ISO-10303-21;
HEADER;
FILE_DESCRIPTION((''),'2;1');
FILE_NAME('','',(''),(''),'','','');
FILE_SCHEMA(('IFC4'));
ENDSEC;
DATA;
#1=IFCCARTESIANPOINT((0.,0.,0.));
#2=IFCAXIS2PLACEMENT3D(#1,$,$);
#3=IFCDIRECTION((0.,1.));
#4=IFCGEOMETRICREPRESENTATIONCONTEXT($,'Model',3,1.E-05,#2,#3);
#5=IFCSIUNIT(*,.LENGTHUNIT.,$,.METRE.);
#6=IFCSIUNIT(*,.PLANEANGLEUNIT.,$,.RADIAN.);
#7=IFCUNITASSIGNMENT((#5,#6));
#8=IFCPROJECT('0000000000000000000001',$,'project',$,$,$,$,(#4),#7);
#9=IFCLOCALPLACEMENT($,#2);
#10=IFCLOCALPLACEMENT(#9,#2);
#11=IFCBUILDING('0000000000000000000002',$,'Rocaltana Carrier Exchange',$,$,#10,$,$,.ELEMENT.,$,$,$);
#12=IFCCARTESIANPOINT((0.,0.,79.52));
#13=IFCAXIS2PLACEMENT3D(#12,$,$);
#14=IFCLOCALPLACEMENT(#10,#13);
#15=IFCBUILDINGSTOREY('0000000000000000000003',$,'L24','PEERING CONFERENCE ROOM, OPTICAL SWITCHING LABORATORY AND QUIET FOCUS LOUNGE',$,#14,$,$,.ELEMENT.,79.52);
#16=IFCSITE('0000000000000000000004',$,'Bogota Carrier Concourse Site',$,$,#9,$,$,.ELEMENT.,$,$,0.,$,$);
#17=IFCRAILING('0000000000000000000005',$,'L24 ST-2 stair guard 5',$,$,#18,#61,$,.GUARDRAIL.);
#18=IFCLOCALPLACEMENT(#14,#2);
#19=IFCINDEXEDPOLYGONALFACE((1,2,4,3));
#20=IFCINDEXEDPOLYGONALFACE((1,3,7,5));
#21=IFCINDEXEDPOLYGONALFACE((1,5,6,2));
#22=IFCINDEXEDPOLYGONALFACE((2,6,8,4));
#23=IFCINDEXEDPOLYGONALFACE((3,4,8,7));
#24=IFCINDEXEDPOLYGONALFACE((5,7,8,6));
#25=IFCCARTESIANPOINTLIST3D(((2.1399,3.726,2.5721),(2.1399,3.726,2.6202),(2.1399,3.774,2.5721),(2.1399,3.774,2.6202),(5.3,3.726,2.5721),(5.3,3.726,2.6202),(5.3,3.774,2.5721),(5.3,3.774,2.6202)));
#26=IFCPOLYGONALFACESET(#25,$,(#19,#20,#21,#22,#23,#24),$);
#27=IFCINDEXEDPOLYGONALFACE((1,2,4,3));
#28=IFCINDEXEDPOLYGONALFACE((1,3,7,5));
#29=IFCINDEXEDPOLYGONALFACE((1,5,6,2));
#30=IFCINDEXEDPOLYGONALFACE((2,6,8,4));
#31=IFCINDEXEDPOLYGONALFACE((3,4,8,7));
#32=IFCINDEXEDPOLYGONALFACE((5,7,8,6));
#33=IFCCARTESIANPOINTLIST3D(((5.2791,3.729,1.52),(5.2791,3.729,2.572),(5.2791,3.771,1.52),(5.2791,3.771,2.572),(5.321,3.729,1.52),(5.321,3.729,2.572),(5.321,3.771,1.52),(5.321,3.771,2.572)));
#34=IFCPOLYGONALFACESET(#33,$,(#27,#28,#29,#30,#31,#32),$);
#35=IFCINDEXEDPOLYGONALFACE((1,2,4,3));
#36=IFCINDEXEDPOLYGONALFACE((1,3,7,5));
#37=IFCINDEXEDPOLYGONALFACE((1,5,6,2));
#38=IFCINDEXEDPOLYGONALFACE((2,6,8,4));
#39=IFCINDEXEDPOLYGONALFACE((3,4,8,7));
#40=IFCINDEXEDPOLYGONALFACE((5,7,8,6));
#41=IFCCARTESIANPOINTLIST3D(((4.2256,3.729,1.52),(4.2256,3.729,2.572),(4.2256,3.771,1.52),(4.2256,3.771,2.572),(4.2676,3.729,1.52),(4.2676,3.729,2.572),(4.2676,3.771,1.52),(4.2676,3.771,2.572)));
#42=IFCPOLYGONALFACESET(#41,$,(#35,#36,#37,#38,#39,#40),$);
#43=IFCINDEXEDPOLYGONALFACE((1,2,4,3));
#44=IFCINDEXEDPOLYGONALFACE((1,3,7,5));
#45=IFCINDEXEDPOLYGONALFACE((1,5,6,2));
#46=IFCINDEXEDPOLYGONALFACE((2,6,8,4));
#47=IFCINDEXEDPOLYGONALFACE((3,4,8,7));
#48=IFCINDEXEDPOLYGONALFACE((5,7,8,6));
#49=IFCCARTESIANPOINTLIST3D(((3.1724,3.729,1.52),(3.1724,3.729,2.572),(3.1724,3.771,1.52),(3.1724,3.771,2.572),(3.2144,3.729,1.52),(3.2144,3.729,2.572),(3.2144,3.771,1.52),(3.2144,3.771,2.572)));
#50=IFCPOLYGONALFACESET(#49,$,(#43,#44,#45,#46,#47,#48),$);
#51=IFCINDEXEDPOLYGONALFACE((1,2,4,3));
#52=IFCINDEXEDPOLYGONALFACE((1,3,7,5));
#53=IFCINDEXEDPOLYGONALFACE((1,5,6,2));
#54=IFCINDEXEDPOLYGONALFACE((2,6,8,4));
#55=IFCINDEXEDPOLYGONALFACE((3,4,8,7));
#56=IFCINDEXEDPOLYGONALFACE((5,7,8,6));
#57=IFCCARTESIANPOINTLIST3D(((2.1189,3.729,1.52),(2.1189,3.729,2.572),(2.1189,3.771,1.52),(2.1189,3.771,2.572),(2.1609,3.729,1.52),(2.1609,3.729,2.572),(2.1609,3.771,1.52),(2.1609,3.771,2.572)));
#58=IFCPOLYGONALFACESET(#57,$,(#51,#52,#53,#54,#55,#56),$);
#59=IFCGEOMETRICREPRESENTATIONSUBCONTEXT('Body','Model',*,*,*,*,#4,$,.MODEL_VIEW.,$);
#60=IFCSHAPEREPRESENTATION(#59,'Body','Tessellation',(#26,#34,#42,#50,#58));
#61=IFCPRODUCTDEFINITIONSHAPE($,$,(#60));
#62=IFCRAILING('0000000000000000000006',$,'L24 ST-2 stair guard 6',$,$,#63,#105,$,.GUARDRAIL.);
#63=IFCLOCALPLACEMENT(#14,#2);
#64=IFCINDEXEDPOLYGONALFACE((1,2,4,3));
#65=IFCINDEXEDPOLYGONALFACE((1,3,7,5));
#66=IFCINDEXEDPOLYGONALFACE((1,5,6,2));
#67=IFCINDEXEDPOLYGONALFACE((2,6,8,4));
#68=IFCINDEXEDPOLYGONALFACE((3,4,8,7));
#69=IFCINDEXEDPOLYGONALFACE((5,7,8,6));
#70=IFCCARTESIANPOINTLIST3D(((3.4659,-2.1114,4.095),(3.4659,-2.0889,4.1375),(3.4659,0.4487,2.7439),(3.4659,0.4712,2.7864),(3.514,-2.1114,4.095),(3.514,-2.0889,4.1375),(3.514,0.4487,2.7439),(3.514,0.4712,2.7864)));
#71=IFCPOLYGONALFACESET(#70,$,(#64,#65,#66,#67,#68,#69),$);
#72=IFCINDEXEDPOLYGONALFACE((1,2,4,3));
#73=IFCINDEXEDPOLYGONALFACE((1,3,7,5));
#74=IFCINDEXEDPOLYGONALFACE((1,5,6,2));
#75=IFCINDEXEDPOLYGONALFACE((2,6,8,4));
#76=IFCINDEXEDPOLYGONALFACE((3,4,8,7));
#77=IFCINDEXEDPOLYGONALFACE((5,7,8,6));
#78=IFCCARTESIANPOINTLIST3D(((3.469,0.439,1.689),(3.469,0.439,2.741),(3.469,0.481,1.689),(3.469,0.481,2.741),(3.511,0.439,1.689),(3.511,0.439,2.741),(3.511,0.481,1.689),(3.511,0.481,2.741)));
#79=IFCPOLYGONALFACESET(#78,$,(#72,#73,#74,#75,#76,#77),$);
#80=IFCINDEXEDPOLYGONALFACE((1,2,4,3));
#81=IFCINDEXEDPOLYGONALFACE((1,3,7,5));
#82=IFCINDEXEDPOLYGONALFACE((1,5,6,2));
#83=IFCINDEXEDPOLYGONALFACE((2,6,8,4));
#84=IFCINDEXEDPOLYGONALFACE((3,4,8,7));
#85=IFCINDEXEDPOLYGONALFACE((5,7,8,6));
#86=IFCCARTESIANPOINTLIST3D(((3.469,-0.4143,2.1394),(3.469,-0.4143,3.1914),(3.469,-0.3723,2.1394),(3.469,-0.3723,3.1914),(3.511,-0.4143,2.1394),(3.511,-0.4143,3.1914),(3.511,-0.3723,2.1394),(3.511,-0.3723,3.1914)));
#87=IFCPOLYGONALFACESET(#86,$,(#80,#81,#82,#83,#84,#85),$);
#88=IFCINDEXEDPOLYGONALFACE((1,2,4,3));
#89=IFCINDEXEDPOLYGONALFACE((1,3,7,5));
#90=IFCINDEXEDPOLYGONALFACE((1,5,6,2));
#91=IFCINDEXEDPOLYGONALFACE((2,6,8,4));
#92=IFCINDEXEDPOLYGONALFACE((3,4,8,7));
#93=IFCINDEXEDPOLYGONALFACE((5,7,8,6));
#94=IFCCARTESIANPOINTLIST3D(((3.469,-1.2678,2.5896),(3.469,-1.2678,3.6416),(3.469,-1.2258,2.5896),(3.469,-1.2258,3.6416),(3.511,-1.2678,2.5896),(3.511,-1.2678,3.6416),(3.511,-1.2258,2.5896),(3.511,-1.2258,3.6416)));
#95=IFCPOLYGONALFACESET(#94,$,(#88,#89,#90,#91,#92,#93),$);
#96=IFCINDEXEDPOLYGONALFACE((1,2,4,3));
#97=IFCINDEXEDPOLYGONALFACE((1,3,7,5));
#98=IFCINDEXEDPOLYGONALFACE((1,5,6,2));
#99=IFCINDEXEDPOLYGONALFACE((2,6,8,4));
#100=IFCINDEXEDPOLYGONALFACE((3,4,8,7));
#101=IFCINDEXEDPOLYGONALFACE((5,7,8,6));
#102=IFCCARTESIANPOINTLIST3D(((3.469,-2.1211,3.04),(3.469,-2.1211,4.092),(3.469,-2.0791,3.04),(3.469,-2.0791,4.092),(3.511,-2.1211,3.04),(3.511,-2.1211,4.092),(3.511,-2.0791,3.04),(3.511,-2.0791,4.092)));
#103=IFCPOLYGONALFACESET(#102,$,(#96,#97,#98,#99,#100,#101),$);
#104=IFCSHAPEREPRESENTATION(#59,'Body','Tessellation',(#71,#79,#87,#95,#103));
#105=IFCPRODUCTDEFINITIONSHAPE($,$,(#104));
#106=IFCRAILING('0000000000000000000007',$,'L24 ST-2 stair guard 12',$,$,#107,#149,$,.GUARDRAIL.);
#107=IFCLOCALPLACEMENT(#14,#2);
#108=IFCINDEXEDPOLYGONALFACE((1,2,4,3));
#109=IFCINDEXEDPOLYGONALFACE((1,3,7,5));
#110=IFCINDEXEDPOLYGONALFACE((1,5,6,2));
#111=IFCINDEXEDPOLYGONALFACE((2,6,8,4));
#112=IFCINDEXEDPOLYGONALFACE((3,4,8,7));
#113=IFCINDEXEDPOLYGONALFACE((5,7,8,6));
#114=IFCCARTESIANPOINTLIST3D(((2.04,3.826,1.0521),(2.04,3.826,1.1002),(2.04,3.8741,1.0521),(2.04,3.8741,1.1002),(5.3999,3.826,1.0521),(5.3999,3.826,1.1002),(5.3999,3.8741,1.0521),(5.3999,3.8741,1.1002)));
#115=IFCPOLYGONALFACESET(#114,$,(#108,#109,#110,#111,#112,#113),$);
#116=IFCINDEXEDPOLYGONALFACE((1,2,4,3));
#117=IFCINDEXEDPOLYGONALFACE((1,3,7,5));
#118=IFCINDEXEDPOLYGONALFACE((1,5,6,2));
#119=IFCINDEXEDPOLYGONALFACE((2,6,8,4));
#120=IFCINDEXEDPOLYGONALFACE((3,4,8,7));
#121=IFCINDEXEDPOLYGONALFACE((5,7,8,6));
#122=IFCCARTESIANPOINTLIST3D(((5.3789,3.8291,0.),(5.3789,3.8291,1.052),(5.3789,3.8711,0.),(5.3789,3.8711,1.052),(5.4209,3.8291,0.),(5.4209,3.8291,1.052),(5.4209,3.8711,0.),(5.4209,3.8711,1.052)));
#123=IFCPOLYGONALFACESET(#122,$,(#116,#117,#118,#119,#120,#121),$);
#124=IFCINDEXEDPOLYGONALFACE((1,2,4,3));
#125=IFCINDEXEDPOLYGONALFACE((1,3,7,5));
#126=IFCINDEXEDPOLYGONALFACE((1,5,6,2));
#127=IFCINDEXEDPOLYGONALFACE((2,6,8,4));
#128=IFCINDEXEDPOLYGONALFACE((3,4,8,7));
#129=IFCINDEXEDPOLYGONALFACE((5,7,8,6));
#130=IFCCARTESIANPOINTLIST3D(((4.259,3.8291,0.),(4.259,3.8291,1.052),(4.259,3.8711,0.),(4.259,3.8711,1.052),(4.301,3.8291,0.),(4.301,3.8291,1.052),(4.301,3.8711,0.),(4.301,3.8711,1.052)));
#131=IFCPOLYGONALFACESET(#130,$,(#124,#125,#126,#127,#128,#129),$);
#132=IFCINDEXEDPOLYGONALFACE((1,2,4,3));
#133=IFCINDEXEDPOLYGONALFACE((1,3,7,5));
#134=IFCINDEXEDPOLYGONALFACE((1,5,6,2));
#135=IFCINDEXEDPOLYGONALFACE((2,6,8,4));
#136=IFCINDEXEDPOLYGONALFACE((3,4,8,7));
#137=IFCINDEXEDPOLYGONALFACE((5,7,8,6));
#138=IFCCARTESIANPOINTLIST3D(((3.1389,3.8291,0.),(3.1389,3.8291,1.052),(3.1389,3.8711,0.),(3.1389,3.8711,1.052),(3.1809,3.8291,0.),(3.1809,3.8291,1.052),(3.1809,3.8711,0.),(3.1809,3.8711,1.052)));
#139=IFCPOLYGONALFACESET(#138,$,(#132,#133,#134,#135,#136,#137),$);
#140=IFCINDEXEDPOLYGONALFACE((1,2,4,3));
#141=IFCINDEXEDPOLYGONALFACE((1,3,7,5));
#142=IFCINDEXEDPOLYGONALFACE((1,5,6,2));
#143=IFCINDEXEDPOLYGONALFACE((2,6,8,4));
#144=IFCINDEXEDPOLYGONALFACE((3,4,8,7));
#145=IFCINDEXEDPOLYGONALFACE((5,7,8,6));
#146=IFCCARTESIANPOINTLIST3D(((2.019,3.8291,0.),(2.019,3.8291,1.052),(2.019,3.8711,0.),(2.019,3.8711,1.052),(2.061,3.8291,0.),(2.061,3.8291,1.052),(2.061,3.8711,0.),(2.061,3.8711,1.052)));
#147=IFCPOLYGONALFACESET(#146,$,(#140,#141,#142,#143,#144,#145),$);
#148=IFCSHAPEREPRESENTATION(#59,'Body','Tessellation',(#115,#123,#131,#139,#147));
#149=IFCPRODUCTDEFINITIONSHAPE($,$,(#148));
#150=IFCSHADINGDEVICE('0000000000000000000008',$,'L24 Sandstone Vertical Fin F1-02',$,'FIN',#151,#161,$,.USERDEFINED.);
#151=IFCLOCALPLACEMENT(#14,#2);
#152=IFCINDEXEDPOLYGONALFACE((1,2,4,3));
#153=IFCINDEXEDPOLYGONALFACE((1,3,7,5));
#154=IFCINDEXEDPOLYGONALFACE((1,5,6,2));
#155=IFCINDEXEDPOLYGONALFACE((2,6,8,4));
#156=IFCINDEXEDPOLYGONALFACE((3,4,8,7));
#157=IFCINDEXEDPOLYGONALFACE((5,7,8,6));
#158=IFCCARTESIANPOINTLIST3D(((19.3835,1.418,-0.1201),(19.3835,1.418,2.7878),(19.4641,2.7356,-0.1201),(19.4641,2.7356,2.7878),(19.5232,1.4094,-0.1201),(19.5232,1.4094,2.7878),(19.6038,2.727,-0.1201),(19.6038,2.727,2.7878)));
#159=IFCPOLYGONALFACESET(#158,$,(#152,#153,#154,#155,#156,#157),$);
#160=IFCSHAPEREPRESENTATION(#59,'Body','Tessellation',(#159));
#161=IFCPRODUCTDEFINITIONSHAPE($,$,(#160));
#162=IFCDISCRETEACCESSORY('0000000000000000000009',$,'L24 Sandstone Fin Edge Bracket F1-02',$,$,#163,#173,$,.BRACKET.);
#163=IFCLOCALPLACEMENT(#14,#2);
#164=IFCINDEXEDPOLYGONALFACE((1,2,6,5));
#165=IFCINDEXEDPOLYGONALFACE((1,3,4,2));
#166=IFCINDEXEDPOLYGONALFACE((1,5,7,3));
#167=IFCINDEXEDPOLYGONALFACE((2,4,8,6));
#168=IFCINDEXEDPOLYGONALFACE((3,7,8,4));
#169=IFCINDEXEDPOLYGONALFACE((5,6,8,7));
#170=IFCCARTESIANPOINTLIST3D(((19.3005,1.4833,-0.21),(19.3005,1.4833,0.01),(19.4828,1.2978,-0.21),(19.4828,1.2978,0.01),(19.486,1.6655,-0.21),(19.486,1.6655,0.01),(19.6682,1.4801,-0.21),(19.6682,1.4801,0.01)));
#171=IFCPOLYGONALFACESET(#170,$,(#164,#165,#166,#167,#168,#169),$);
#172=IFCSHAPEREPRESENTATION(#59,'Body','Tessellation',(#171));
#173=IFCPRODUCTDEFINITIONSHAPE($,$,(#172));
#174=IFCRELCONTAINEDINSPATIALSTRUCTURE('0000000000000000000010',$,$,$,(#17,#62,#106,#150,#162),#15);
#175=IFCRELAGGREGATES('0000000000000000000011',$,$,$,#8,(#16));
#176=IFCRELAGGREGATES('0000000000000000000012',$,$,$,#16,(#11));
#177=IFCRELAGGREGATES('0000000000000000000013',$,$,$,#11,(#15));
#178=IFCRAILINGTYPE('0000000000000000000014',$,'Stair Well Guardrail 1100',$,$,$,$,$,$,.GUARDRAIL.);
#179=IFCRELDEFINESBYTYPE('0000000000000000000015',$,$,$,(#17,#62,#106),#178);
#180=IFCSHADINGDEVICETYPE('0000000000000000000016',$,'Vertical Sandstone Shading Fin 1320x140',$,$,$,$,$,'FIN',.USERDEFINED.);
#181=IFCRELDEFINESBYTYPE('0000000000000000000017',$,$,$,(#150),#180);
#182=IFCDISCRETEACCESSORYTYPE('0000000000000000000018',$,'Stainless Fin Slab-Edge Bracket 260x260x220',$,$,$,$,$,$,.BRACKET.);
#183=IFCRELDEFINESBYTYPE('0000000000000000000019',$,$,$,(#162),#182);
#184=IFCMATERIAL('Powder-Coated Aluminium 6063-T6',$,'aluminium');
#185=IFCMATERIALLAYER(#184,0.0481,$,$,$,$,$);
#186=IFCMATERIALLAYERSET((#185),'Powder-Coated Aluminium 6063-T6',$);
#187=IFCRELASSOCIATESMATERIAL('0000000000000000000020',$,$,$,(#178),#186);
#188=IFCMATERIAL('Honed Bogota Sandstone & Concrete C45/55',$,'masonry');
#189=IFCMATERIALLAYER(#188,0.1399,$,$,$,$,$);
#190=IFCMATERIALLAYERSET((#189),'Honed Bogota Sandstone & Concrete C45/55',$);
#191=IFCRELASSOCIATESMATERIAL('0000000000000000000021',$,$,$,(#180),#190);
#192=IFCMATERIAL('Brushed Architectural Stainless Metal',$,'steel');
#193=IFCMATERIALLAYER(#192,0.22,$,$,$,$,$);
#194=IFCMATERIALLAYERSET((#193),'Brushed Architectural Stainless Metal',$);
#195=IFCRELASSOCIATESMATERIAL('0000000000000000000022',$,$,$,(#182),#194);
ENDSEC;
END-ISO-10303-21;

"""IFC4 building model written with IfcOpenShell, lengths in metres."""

from ifc_helpers import new_model, si_unit, direction, frame, origin, origin_2d, place, context, subcontext, project, spatial, rectangle, extrude, material, layer, layer_set, type_object, element, save


model = new_model("IFC4")

# Units and contexts
model_context = context("Model", 3, precision=1e-05, world=origin(), true_north=direction((0.0, 1.0)))
body_context = subcontext(model_context, "Body", "Model", "MODEL_VIEW")
ifc_project = project(units=[si_unit("LENGTHUNIT", "METRE"), si_unit("PLANEANGLEUNIT", "RADIAN")], contexts=[model_context])

# Site, building, storey
site_placement = place(None, origin())
site = spatial("IfcSite", under=ifc_project, at=site_placement, Name="Bogota Carrier Concourse Site", CompositionType="ELEMENT", RefElevation=0.0)
building_placement = place(site_placement, origin())
building = spatial("IfcBuilding", under=site, at=building_placement, Name="Rocaltana Carrier Exchange", CompositionType="ELEMENT")
storey_placement = place(building_placement, frame((0.0, 0.0, 79.52)))
storey = spatial("IfcBuildingStorey", under=building, at=storey_placement, Name="L24", Description="PEERING CONFERENCE ROOM, OPTICAL SWITCHING LABORATORY AND QUIET FOCUS LOUNGE", CompositionType="ELEMENT", Elevation=79.52)

# Railings
ifc_material_1 = material(Name="Powder-Coated Aluminium 6063-T6", Category="aluminium")
ifc_layer_1 = layer(ifc_material_1, 0.0481)
ifc_layer_set_1 = layer_set([ifc_layer_1], Name="Powder-Coated Aluminium 6063-T6")
railing_type_1 = type_object("IfcRailingType", Name="Stair Well Guardrail 1100", PredefinedType="GUARDRAIL", material=ifc_layer_set_1)
railing_1_placement = place(storey_placement, frame((5.3, 3.75, 1.52)))
element("IfcRailing", 1, at=railing_1_placement, inside=storey, type_object=railing_type_1, Name="L24 ST-2 stair guard 5", PredefinedType="GUARDRAIL", context=body_context, shape_type="SweptSolid", body=[
    extrude(rectangle(XDim=0.0481, YDim=0.0481, at=origin_2d()), frame((0.0, 0.0, 1.0762), z_axis=(-1.0, 0.0, 0.0), x_axis=(0.0, -1.0, 0.0)), (0.0, 0.0, 1.0), 3.1602),
    extrude(rectangle(XDim=0.042, YDim=0.042, at=origin_2d()), origin(), (0.0, 0.0, 1.0), 1.052),
    extrude(rectangle(XDim=0.042, YDim=0.042, at=origin_2d()), frame((-1.0535, 0.0, 0.0)), (0.0, 0.0, 1.0), 1.052),
    extrude(rectangle(XDim=0.042, YDim=0.042, at=origin_2d()), frame((-2.1067, 0.0, 0.0)), (0.0, 0.0, 1.0), 1.052),
    extrude(rectangle(XDim=0.042, YDim=0.042, at=origin_2d()), frame((-3.1602, 0.0, 0.0)), (0.0, 0.0, 1.0), 1.052),
])
railing_2_placement = place(storey_placement, frame((3.49, 0.46, 1.689)))
element("IfcRailing", 2, at=railing_2_placement, inside=storey, type_object=railing_type_1, Name="L24 ST-2 stair guard 6", PredefinedType="GUARDRAIL", context=body_context, shape_type="SweptSolid", body=[
    extrude(rectangle(XDim=0.0481, YDim=0.0481, at=origin_2d()), frame((0.0, 0.0, 1.0762), z_axis=(0.0, -0.884394, 0.46674), x_axis=(1.0, 0.0, 0.0)), (0.0, 0.0, 1.0), 2.8948),
    extrude(rectangle(XDim=0.042, YDim=0.042, at=origin_2d()), origin(), (0.0, 0.0, 1.0), 1.052),
    extrude(rectangle(XDim=0.042, YDim=0.042, at=origin_2d()), frame((0.0, -0.8533, 0.4504)), (0.0, 0.0, 1.0), 1.052),
    extrude(rectangle(XDim=0.042, YDim=0.042, at=origin_2d()), frame((0.0, -1.7068, 0.9006)), (0.0, 0.0, 1.0), 1.052),
    extrude(rectangle(XDim=0.042, YDim=0.042, at=origin_2d()), frame((0.0, -2.5601, 1.3511)), (0.0, 0.0, 1.0), 1.052),
])
railing_3_placement = place(storey_placement, frame((5.3999, 3.8501, 0.0)))
element("IfcRailing", 3, at=railing_3_placement, inside=storey, type_object=railing_type_1, Name="L24 ST-2 stair guard 12", PredefinedType="GUARDRAIL", context=body_context, shape_type="SweptSolid", body=[
    extrude(rectangle(XDim=0.0481, YDim=0.0481, at=origin_2d()), frame((0.0, 0.0, 1.0762), z_axis=(-1.0, 0.0, 0.0), x_axis=(0.0, -1.0, 0.0)), (0.0, 0.0, 1.0), 3.3599),
    extrude(rectangle(XDim=0.042, YDim=0.042, at=origin_2d()), origin(), (0.0, 0.0, 1.0), 1.052),
    extrude(rectangle(XDim=0.042, YDim=0.042, at=origin_2d()), frame((-1.1199, 0.0, 0.0)), (0.0, 0.0, 1.0), 1.052),
    extrude(rectangle(XDim=0.042, YDim=0.042, at=origin_2d()), frame((-2.24, 0.0, 0.0)), (0.0, 0.0, 1.0), 1.052),
    extrude(rectangle(XDim=0.042, YDim=0.042, at=origin_2d()), frame((-3.3599, 0.0, 0.0)), (0.0, 0.0, 1.0), 1.052),
])

# Shading device
ifc_material_2 = material(Name="Honed Bogota Sandstone & Concrete C45/55", Category="masonry")
ifc_layer_2 = layer(ifc_material_2, 0.1399)
ifc_layer_set_2 = layer_set([ifc_layer_2], Name="Honed Bogota Sandstone & Concrete C45/55")
shading_device_type = type_object("IfcShadingDeviceType", Name="Vertical Sandstone Shading Fin 1320x140", ElementType="FIN", PredefinedType="USERDEFINED", material=ifc_layer_set_2)
shading_device_placement = place(storey_placement, frame((19.4937, 2.0725, -0.1201), z_axis=(0.0, 0.0, 1.0), x_axis=(0.061049, 0.998135, 0.0)))
element("IfcShadingDevice", 4, at=shading_device_placement, inside=storey, type_object=shading_device_type, Name="L24 Sandstone Vertical Fin F1-02", ObjectType="FIN", PredefinedType="USERDEFINED", context=body_context, shape_type="SweptSolid", body=[
    extrude(rectangle(XDim=1.3201, YDim=0.1399, at=origin_2d()), origin(), (0.0, 0.0, 1.0), 2.908),
])

# Discrete accessory
ifc_material_3 = material(Name="Brushed Architectural Stainless Metal", Category="steel")
ifc_layer_3 = layer(ifc_material_3, 0.22)
ifc_layer_set_3 = layer_set([ifc_layer_3], Name="Brushed Architectural Stainless Metal")
discrete_accessory_type = type_object("IfcDiscreteAccessoryType", Name="Stainless Fin Slab-Edge Bracket 260x260x220", PredefinedType="BRACKET", material=ifc_layer_set_3)
discrete_accessory_placement = place(storey_placement, frame((19.4844, 1.4817, -0.21), z_axis=(0.0, 0.0, 1.0), x_axis=(-0.700909, 0.71325, 0.0)))
element("IfcDiscreteAccessory", 5, at=discrete_accessory_placement, inside=storey, type_object=discrete_accessory_type, Name="L24 Sandstone Fin Edge Bracket F1-02", PredefinedType="BRACKET", context=body_context, shape_type="SweptSolid", body=[
    extrude(rectangle(XDim=0.26, YDim=0.26, at=origin_2d()), origin(), (0.0, 0.0, 1.0), 0.22),
])

save(model, "model.ifc")
